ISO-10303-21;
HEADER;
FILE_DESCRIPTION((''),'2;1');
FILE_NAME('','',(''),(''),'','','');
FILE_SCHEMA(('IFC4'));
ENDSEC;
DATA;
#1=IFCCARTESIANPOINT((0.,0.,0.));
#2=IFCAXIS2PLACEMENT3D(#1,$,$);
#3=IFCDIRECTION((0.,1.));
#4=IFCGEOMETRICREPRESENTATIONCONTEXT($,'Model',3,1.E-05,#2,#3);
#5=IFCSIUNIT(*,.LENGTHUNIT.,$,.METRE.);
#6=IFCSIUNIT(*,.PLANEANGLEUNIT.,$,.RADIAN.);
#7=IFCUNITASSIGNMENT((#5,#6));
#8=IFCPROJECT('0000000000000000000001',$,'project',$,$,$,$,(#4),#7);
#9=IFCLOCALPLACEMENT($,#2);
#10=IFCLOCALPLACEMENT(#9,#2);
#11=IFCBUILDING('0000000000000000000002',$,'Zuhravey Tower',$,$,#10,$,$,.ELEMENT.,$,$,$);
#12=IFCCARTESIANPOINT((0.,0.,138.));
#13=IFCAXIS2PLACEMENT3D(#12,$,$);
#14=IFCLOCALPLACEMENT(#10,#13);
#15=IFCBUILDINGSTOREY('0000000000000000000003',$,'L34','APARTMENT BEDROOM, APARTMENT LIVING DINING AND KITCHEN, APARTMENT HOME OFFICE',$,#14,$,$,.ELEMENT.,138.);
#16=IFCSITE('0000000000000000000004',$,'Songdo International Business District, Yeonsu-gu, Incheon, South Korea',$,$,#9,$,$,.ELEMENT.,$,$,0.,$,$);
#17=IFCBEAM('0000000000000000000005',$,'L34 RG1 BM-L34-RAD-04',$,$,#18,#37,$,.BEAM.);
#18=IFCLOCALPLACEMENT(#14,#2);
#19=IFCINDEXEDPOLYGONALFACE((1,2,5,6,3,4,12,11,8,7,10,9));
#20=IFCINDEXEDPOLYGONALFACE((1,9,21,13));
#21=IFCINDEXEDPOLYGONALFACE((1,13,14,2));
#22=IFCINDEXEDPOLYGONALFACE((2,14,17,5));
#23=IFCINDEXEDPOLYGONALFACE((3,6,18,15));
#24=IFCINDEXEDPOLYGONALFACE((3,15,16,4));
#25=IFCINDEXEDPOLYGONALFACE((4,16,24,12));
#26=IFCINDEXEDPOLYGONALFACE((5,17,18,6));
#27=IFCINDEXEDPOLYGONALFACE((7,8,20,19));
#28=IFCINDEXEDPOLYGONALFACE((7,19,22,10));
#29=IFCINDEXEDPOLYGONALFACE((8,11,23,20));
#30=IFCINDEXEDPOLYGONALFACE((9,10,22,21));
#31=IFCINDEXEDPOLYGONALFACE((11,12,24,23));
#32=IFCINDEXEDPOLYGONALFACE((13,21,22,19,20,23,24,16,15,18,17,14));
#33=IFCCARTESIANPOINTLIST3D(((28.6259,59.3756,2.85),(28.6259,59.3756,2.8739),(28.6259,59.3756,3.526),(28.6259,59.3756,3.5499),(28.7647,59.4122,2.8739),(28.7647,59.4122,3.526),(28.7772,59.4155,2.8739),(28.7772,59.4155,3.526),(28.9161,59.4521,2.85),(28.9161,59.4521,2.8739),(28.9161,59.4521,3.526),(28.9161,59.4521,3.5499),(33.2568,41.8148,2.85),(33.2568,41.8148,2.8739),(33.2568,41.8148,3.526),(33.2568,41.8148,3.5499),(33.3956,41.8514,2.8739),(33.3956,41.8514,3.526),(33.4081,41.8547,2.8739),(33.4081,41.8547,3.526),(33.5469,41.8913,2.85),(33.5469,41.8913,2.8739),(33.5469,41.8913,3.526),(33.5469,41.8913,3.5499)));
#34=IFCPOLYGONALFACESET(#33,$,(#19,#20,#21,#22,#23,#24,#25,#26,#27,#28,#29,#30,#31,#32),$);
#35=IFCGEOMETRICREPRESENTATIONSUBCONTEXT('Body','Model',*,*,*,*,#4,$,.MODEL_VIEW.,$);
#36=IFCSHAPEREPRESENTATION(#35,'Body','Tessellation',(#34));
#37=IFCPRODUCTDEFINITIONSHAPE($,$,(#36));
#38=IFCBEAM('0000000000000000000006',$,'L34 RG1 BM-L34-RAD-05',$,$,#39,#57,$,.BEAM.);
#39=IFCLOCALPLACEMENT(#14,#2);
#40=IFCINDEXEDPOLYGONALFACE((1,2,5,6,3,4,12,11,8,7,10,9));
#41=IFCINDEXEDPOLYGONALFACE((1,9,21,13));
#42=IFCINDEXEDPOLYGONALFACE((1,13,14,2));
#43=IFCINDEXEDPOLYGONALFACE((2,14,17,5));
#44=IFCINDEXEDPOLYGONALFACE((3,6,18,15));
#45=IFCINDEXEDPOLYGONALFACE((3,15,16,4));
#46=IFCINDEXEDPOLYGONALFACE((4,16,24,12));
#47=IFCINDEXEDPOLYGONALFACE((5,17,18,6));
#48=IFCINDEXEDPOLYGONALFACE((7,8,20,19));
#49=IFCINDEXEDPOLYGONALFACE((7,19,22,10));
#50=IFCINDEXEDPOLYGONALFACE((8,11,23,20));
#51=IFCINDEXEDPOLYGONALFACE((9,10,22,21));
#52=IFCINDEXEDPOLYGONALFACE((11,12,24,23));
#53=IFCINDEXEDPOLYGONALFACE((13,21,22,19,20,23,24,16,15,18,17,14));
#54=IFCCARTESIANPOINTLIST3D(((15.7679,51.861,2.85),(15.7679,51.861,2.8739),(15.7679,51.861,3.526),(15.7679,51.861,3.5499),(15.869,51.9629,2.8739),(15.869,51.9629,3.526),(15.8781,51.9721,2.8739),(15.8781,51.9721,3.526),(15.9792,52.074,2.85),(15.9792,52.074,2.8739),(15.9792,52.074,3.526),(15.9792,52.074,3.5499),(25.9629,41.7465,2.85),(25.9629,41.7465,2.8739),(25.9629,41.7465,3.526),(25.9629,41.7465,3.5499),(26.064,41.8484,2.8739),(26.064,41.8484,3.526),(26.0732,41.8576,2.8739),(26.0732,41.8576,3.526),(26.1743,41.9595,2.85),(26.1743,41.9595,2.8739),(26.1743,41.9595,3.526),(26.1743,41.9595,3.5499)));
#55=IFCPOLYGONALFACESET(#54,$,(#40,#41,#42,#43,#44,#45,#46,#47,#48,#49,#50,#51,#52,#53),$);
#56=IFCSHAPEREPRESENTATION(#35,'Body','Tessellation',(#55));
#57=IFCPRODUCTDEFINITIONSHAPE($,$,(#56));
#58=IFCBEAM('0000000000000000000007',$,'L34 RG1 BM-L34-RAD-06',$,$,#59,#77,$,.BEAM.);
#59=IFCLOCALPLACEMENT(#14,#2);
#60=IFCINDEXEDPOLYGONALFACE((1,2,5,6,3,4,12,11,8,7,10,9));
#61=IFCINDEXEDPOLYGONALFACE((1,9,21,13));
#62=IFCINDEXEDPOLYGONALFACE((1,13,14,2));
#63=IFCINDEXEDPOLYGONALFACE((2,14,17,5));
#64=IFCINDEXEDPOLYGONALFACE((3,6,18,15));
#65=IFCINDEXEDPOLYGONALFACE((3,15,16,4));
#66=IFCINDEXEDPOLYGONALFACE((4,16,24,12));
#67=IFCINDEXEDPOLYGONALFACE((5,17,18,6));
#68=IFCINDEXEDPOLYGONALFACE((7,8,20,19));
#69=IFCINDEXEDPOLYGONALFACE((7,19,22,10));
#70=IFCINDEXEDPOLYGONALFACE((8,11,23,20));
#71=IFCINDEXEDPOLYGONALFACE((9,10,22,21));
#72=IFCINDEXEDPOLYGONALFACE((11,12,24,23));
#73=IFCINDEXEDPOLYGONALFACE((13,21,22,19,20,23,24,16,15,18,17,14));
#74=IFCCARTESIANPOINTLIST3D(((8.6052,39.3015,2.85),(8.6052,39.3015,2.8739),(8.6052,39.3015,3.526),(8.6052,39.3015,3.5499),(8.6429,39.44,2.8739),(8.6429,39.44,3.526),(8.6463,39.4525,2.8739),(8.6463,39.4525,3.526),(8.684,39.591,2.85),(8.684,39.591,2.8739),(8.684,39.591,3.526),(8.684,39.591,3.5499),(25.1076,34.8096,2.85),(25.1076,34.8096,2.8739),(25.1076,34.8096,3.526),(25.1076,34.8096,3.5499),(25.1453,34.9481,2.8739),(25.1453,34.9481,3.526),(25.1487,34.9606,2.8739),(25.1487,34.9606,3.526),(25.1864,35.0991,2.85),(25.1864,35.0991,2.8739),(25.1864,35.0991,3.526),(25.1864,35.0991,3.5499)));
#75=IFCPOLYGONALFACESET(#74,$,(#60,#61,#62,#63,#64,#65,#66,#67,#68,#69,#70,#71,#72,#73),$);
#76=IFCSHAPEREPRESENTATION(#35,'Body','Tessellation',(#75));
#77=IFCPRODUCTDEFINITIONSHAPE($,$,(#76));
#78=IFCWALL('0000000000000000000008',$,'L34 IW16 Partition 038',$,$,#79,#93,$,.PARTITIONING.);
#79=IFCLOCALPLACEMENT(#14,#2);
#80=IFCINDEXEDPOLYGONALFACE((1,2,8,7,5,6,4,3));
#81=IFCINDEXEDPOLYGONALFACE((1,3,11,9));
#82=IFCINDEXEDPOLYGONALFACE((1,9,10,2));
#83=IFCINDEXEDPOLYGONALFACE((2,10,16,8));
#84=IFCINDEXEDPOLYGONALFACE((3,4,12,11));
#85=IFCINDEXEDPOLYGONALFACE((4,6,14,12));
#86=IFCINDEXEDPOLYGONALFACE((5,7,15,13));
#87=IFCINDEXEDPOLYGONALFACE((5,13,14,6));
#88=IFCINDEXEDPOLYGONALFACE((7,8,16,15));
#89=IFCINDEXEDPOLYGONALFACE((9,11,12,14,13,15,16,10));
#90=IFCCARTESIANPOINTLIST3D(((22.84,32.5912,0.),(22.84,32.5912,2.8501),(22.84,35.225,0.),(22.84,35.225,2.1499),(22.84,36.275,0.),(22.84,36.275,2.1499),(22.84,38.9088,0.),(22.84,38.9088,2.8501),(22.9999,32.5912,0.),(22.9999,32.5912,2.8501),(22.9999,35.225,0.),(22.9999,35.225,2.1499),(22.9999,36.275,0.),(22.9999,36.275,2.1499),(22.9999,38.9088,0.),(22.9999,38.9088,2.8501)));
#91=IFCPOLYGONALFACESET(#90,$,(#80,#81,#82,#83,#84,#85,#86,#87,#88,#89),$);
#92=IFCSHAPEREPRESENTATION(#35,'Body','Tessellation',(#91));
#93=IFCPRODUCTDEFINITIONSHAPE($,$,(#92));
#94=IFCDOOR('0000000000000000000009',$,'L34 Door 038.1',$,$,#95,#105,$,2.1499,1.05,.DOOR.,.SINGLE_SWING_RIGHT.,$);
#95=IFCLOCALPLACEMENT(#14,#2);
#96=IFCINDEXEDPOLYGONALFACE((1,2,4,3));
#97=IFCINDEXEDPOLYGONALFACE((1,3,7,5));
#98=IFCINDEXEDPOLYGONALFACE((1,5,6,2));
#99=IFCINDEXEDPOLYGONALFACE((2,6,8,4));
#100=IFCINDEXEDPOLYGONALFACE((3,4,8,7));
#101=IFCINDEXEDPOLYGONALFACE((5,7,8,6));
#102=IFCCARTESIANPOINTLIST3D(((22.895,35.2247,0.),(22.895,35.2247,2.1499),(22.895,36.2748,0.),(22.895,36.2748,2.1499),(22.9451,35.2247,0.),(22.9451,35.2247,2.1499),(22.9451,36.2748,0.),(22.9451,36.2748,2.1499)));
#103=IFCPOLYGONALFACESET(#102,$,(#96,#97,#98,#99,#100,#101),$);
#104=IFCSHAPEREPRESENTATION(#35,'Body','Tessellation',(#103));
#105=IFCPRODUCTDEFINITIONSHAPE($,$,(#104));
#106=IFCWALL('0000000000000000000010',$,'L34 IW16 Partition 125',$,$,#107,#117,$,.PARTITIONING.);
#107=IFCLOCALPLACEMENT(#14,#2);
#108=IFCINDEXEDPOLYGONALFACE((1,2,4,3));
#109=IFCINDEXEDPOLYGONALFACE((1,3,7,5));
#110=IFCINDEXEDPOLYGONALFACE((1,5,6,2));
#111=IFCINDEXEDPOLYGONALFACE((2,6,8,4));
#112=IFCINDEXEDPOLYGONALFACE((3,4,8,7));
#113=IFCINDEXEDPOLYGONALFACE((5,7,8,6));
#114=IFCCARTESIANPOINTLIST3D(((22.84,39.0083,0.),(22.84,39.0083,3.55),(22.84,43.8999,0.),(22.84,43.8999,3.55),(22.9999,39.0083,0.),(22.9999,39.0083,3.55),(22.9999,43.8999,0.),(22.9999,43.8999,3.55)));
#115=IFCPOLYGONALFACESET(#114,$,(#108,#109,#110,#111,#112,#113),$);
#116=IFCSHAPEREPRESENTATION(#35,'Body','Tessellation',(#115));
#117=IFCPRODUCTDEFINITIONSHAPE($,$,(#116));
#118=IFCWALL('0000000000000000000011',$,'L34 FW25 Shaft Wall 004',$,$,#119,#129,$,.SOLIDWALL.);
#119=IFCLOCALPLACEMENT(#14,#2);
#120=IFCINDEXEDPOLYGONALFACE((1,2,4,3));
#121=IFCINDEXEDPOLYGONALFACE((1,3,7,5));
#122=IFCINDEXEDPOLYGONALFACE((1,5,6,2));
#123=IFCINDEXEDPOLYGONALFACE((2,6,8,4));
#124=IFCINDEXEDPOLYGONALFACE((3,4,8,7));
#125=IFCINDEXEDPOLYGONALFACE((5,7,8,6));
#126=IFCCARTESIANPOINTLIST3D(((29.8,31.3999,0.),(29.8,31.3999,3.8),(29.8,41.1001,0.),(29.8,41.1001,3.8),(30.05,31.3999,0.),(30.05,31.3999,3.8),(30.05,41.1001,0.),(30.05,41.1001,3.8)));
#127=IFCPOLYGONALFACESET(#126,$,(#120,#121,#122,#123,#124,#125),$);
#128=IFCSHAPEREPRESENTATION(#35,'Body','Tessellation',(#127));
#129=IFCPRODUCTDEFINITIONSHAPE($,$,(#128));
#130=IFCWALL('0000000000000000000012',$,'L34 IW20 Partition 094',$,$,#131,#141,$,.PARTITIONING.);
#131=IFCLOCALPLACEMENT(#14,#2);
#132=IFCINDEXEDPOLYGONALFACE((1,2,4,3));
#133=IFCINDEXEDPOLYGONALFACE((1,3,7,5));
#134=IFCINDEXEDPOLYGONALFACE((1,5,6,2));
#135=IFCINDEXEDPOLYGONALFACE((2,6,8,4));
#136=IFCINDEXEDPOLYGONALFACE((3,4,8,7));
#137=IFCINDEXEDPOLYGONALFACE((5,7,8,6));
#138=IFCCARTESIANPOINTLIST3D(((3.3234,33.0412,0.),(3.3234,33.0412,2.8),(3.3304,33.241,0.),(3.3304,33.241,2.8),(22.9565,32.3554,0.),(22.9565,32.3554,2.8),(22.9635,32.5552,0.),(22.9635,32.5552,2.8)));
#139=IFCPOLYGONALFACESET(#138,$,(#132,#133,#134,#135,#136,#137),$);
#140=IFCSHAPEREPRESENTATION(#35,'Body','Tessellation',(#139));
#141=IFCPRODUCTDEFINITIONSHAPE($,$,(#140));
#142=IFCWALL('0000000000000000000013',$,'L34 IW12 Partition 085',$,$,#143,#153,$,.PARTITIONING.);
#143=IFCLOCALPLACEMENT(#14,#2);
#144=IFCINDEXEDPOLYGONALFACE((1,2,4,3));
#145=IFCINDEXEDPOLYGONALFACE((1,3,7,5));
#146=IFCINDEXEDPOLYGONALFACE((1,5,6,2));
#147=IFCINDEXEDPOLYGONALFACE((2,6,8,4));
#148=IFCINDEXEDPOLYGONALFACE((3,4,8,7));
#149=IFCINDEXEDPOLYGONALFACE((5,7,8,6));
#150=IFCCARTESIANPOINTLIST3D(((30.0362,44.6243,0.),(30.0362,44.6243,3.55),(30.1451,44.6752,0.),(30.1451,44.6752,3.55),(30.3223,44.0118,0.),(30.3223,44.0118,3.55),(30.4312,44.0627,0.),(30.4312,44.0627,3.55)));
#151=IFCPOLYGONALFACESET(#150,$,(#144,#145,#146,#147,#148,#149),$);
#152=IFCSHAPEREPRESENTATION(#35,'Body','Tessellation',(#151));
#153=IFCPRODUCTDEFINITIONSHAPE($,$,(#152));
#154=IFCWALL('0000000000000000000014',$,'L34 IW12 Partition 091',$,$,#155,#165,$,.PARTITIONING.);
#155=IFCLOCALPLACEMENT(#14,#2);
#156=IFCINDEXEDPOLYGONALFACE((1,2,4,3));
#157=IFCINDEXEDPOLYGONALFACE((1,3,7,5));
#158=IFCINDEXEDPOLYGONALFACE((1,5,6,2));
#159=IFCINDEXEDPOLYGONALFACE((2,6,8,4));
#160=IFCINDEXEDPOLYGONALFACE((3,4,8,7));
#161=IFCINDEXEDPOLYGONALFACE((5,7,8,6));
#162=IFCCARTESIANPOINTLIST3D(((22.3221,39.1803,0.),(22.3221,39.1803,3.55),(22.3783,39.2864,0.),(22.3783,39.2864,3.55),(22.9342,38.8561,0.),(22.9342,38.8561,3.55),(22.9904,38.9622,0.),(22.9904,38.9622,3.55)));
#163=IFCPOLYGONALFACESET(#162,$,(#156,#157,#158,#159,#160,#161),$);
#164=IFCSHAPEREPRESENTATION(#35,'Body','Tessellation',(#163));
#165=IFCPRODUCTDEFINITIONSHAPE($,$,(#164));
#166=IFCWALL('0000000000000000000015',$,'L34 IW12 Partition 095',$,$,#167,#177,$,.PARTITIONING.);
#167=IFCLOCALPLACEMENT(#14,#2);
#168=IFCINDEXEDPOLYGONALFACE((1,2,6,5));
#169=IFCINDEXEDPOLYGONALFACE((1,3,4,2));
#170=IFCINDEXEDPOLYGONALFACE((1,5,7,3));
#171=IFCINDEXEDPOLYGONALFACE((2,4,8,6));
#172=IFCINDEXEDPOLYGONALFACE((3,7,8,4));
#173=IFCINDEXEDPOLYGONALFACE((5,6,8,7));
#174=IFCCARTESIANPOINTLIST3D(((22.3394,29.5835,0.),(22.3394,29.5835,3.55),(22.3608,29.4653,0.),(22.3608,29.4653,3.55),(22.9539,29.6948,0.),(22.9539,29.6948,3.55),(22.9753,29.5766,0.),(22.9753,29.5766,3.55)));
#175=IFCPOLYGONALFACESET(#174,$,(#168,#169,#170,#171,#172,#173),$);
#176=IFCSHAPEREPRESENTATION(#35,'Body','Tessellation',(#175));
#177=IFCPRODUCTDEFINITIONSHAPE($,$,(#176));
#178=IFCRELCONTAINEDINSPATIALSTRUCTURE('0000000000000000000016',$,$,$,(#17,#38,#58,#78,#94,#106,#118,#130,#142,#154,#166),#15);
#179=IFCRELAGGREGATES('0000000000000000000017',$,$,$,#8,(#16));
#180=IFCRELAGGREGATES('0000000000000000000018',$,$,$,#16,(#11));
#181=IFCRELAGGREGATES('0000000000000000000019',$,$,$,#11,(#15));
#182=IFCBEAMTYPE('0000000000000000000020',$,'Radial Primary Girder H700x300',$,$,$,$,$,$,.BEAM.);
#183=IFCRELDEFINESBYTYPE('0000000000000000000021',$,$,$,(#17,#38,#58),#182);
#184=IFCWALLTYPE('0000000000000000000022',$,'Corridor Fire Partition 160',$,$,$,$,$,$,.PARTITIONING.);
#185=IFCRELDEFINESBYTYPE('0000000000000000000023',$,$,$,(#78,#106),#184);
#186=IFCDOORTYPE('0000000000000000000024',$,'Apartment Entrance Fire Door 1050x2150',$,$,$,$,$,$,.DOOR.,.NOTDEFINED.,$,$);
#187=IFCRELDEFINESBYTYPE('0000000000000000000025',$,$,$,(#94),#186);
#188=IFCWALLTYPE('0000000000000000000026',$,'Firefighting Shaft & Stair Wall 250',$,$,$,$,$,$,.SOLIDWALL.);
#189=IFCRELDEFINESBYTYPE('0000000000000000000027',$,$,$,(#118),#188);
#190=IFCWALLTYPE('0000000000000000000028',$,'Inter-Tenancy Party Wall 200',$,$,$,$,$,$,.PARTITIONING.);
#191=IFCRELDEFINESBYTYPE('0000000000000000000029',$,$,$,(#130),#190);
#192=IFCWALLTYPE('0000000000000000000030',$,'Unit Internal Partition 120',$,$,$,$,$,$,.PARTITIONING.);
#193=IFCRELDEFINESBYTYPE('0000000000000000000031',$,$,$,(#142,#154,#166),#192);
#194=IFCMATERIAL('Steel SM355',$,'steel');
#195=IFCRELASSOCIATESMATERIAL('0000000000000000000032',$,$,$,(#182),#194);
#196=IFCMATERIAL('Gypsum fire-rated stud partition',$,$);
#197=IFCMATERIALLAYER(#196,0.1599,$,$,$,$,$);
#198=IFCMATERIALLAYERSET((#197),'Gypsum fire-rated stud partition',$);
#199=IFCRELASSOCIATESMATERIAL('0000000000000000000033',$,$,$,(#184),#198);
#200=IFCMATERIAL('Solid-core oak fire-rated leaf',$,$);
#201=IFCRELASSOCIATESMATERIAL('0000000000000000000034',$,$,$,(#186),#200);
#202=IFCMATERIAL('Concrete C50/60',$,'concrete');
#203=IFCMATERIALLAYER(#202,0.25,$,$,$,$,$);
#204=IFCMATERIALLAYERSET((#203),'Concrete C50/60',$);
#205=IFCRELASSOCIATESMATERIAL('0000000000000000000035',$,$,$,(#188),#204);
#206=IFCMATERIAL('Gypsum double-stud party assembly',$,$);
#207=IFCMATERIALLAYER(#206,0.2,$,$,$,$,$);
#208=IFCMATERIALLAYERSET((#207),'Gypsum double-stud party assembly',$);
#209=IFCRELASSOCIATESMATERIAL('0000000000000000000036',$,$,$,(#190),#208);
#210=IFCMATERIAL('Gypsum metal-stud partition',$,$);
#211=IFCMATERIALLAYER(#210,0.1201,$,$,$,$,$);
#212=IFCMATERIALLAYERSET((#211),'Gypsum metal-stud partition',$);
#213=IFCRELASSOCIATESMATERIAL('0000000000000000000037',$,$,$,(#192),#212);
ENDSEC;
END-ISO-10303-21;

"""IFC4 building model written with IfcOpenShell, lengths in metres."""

from ifc_helpers import new_model, si_unit, direction, frame, frame_2d, origin, origin_2d, place, context, subcontext, project, spatial, rectangle, i_section, extrude, material, layer, layer_set, material_profile, profile_set, type_object, element, fill, save


model = new_model("IFC4")

# Units and contexts
model_context = context("Model", 3, precision=1e-05, world=origin(), true_north=direction((0.0, 1.0)))
body_context = subcontext(model_context, "Body", "Model", "MODEL_VIEW")
ifc_project = project(units=[si_unit("LENGTHUNIT", "METRE"), si_unit("PLANEANGLEUNIT", "RADIAN")], contexts=[model_context])

# Site, building, storey
site_placement = place(None, origin())
site = spatial("IfcSite", under=ifc_project, at=site_placement, Name="Songdo International Business District, Yeonsu-gu, Incheon, South Korea", CompositionType="ELEMENT", RefElevation=0.0)
building_placement = place(site_placement, origin())
building = spatial("IfcBuilding", under=site, at=building_placement, Name="Zuhravey Tower", CompositionType="ELEMENT")
storey_placement = place(building_placement, frame((0.0, 0.0, 138.0)))
storey = spatial("IfcBuildingStorey", under=building, at=storey_placement, Name="L34", Description="APARTMENT BEDROOM, APARTMENT LIVING DINING AND KITCHEN, APARTMENT HOME OFFICE", CompositionType="ELEMENT", Elevation=138.0)

# Beams
ifc_material_1 = material(Name="Steel SM355", Category="steel")
ifc_material_profile = material_profile(ifc_material_1, i_section(OverallWidth=0.3, OverallDepth=0.7, WebThickness=0.0129, FlangeThickness=0.0239, at=origin_2d()), Name="H-700x300x13x24")
ifc_profile_set = profile_set([ifc_material_profile], Name="Steel SM355")
beam_type = type_object("IfcBeamType", Name="Radial Primary Girder H700x300", PredefinedType="BEAM", material=ifc_profile_set)
beam_1_placement = place(storey_placement, frame((33.4019, 41.853, 3.2), z_axis=(-0.254988, 0.966944, 0.0), x_axis=(-0.966944, -0.254988, 0.0)))
element("IfcBeam", 1, at=beam_1_placement, inside=storey, type_object=beam_type, Name="L34 RG1 BM-L34-RAD-04", PredefinedType="BEAM", context=body_context, shape_type="SweptSolid", body=[
    extrude(i_section(OverallWidth=0.3, OverallDepth=0.7, WebThickness=0.0129, FlangeThickness=0.0239, at=origin_2d()), origin(), (0.0, 0.0, 1.0), 18.1611),
])
beam_2_placement = place(storey_placement, frame((26.0686, 41.853, 3.2), z_axis=(-0.709906, 0.704296, 0.0), x_axis=(-0.704296, -0.709906, 0.0)))
element("IfcBeam", 2, at=beam_2_placement, inside=storey, type_object=beam_type, Name="L34 RG1 BM-L34-RAD-05", PredefinedType="BEAM", context=body_context, shape_type="SweptSolid", body=[
    extrude(i_section(OverallWidth=0.3, OverallDepth=0.7, WebThickness=0.0129, FlangeThickness=0.0239, at=origin_2d()), origin(), (0.0, 0.0, 1.0), 14.3611),
])
beam_3_placement = place(storey_placement, frame((25.147, 34.9543, 3.2), z_axis=(-0.964893, 0.262643, 0.0), x_axis=(-0.262643, -0.964893, 0.0)))
element("IfcBeam", 3, at=beam_3_placement, inside=storey, type_object=beam_type, Name="L34 RG1 BM-L34-RAD-06", PredefinedType="BEAM", context=body_context, shape_type="SweptSolid", body=[
    extrude(i_section(OverallWidth=0.3, OverallDepth=0.7, WebThickness=0.0129, FlangeThickness=0.0239, at=origin_2d()), origin(), (0.0, 0.0, 1.0), 17.1028),
])

# Wall, opening, door
ifc_material_2 = material(Name="Gypsum fire-rated stud partition")
ifc_layer_1 = layer(ifc_material_2, 0.1599)
ifc_layer_set_1 = layer_set([ifc_layer_1], Name="Gypsum fire-rated stud partition")
wall_type_1 = type_object("IfcWallType", Name="Corridor Fire Partition 160", PredefinedType="PARTITIONING", material=ifc_layer_set_1)
wall_1_placement = place(storey_placement, frame((22.9199, 38.9087, 0.0), z_axis=(0.0, 0.0, 1.0), x_axis=(0.0, -1.0, 0.0)))
wall_1 = element("IfcWall", 4, at=wall_1_placement, inside=storey, type_object=wall_type_1, Name="L34 IW16 Partition 038", PredefinedType="PARTITIONING", context=body_context, shape_type="SweptSolid", body=[
    extrude(rectangle(XDim=6.3176, YDim=0.1599, at=frame_2d((3.1587, 0.0))), origin(), (0.0, 0.0, 1.0), 2.8501),
])
opening_1_placement = place(wall_1_placement, frame((2.6338, 0.0, 0.0)))
opening_1 = element("IfcOpeningElement", 5, at=opening_1_placement, cuts=wall_1, PredefinedType="OPENING", context=body_context, shape_type="SweptSolid", body=[
    extrude(rectangle(XDim=1.05, YDim=2.1499, at=frame_2d((0.5249, 1.075))), frame((0.0, 0.092, 0.0), z_axis=(0.0, -1.0, 0.0), x_axis=(1.0, 0.0, 0.0)), (0.0, 0.0, 1.0), 0.1838),
])
ifc_material_3 = material(Name="Solid-core oak fire-rated leaf")
door_type_1 = type_object("IfcDoorType", Name="Apartment Entrance Fire Door 1050x2150", OperationType="NOTDEFINED", PredefinedType="DOOR", material=ifc_material_3)
door_1_placement = place(opening_1_placement, frame((1.05, 0.0, 0.0), z_axis=(0.0, 0.0, 1.0), x_axis=(-1.0, 0.0, 0.0)))
door_1 = element("IfcDoor", 6, at=door_1_placement, inside=storey, type_object=door_type_1, Name="L34 Door 038.1", OperationType="SINGLE_SWING_RIGHT", OverallHeight=2.1499, OverallWidth=1.05, PredefinedType="DOOR", context=body_context, shape_type="SweptSolid", body=[
    extrude(rectangle(XDim=1.05, YDim=2.1499, at=frame_2d((0.5249, 1.075))), frame((0.0, 0.0249, 0.0), z_axis=(0.0, -1.0, 0.0), x_axis=(1.0, 0.0, 0.0)), (0.0, 0.0, 1.0), 0.05),
])
fill(opening_1, door_1)

# Wall
wall_2_placement = place(storey_placement, frame((22.9199, 43.8999, 0.0), z_axis=(0.0, 0.0, 1.0), x_axis=(0.0, -1.0, 0.0)))
element("IfcWall", 7, at=wall_2_placement, inside=storey, type_object=wall_type_1, Name="L34 IW16 Partition 125", PredefinedType="PARTITIONING", context=body_context, shape_type="SweptSolid", body=[
    extrude(rectangle(XDim=4.8916, YDim=0.1599, at=frame_2d((2.4458, 0.0))), origin(), (0.0, 0.0, 1.0), 3.55),
])

# Shared definitions
ifc_material_4 = material(Name="Concrete C50/60", Category="concrete")
ifc_layer_2 = layer(ifc_material_4, 0.25)
ifc_layer_set_2 = layer_set([ifc_layer_2], Name="Concrete C50/60")
wall_type_2 = type_object("IfcWallType", Name="Firefighting Shaft & Stair Wall 250", PredefinedType="SOLIDWALL", material=ifc_layer_set_2)

# Walls
wall_3_placement = place(storey_placement, frame((29.925, 31.3999, 0.0), z_axis=(0.0, 0.0, 1.0), x_axis=(0.0, 1.0, 0.0)))
element("IfcWall", 8, at=wall_3_placement, inside=storey, type_object=wall_type_2, Name="L34 FW25 Shaft Wall 004", PredefinedType="SOLIDWALL", context=body_context, shape_type="SweptSolid", body=[
    extrude(rectangle(XDim=9.7002, YDim=0.25, at=frame_2d((4.8501, 0.0))), origin(), (0.0, 0.0, 1.0), 3.8),
])
ifc_material_5 = material(Name="Gypsum double-stud party assembly")
ifc_layer_3 = layer(ifc_material_5, 0.2)
ifc_layer_set_3 = layer_set([ifc_layer_3], Name="Gypsum double-stud party assembly")
wall_type_3 = type_object("IfcWallType", Name="Inter-Tenancy Party Wall 200", PredefinedType="PARTITIONING", material=ifc_layer_set_3)
wall_4_placement = place(storey_placement, frame((22.96, 32.4553, 0.0), z_axis=(0.0, 0.0, 1.0), x_axis=(-0.99939, 0.034909, 0.0)))
element("IfcWall", 9, at=wall_4_placement, inside=storey, type_object=wall_type_3, Name="L34 IW20 Partition 094", PredefinedType="PARTITIONING", context=body_context, shape_type="SweptSolid", body=[
    extrude(rectangle(XDim=19.645, YDim=0.2, at=frame_2d((9.8225, 0.0))), origin(), (0.0, 0.0, 1.0), 2.8),
])
ifc_material_6 = material(Name="Gypsum metal-stud partition")
ifc_layer_4 = layer(ifc_material_6, 0.1201)
ifc_layer_set_4 = layer_set([ifc_layer_4], Name="Gypsum metal-stud partition")
wall_type_4 = type_object("IfcWallType", Name="Unit Internal Partition 120", PredefinedType="PARTITIONING", material=ifc_layer_set_4)
wall_5_placement = place(storey_placement, frame((30.3767, 44.0374, 0.0), z_axis=(0.0, 0.0, 1.0), x_axis=(-0.423222, 0.906026, 0.0)))
element("IfcWall", 10, at=wall_5_placement, inside=storey, type_object=wall_type_4, Name="L34 IW12 Partition 085", PredefinedType="PARTITIONING", context=body_context, shape_type="SweptSolid", body=[
    extrude(rectangle(XDim=0.676, YDim=0.1201, at=frame_2d((0.3379, 0.0))), origin(), (0.0, 0.0, 1.0), 3.55),
])
wall_6_placement = place(storey_placement, frame((22.9622, 38.9092, 0.0), z_axis=(0.0, 0.0, 1.0), x_axis=(-0.883676, 0.468098, 0.0)))
element("IfcWall", 11, at=wall_6_placement, inside=storey, type_object=wall_type_4, Name="L34 IW12 Partition 091", PredefinedType="PARTITIONING", context=body_context, shape_type="SweptSolid", body=[
    extrude(rectangle(XDim=0.6926, YDim=0.1201, at=frame_2d((0.3462, 0.0))), origin(), (0.0, 0.0, 1.0), 3.55),
])
wall_7_placement = place(storey_placement, frame((22.9646, 29.6357, 0.0), z_axis=(0.0, 0.0, 1.0), x_axis=(-0.983982, -0.178266, 0.0)))
element("IfcWall", 12, at=wall_7_placement, inside=storey, type_object=wall_type_4, Name="L34 IW12 Partition 095", PredefinedType="PARTITIONING", context=body_context, shape_type="SweptSolid", body=[
    extrude(rectangle(XDim=0.6245, YDim=0.1201, at=frame_2d((0.3123, 0.0))), origin(), (0.0, 0.0, 1.0), 3.55),
])

save(model, "model.ifc")
